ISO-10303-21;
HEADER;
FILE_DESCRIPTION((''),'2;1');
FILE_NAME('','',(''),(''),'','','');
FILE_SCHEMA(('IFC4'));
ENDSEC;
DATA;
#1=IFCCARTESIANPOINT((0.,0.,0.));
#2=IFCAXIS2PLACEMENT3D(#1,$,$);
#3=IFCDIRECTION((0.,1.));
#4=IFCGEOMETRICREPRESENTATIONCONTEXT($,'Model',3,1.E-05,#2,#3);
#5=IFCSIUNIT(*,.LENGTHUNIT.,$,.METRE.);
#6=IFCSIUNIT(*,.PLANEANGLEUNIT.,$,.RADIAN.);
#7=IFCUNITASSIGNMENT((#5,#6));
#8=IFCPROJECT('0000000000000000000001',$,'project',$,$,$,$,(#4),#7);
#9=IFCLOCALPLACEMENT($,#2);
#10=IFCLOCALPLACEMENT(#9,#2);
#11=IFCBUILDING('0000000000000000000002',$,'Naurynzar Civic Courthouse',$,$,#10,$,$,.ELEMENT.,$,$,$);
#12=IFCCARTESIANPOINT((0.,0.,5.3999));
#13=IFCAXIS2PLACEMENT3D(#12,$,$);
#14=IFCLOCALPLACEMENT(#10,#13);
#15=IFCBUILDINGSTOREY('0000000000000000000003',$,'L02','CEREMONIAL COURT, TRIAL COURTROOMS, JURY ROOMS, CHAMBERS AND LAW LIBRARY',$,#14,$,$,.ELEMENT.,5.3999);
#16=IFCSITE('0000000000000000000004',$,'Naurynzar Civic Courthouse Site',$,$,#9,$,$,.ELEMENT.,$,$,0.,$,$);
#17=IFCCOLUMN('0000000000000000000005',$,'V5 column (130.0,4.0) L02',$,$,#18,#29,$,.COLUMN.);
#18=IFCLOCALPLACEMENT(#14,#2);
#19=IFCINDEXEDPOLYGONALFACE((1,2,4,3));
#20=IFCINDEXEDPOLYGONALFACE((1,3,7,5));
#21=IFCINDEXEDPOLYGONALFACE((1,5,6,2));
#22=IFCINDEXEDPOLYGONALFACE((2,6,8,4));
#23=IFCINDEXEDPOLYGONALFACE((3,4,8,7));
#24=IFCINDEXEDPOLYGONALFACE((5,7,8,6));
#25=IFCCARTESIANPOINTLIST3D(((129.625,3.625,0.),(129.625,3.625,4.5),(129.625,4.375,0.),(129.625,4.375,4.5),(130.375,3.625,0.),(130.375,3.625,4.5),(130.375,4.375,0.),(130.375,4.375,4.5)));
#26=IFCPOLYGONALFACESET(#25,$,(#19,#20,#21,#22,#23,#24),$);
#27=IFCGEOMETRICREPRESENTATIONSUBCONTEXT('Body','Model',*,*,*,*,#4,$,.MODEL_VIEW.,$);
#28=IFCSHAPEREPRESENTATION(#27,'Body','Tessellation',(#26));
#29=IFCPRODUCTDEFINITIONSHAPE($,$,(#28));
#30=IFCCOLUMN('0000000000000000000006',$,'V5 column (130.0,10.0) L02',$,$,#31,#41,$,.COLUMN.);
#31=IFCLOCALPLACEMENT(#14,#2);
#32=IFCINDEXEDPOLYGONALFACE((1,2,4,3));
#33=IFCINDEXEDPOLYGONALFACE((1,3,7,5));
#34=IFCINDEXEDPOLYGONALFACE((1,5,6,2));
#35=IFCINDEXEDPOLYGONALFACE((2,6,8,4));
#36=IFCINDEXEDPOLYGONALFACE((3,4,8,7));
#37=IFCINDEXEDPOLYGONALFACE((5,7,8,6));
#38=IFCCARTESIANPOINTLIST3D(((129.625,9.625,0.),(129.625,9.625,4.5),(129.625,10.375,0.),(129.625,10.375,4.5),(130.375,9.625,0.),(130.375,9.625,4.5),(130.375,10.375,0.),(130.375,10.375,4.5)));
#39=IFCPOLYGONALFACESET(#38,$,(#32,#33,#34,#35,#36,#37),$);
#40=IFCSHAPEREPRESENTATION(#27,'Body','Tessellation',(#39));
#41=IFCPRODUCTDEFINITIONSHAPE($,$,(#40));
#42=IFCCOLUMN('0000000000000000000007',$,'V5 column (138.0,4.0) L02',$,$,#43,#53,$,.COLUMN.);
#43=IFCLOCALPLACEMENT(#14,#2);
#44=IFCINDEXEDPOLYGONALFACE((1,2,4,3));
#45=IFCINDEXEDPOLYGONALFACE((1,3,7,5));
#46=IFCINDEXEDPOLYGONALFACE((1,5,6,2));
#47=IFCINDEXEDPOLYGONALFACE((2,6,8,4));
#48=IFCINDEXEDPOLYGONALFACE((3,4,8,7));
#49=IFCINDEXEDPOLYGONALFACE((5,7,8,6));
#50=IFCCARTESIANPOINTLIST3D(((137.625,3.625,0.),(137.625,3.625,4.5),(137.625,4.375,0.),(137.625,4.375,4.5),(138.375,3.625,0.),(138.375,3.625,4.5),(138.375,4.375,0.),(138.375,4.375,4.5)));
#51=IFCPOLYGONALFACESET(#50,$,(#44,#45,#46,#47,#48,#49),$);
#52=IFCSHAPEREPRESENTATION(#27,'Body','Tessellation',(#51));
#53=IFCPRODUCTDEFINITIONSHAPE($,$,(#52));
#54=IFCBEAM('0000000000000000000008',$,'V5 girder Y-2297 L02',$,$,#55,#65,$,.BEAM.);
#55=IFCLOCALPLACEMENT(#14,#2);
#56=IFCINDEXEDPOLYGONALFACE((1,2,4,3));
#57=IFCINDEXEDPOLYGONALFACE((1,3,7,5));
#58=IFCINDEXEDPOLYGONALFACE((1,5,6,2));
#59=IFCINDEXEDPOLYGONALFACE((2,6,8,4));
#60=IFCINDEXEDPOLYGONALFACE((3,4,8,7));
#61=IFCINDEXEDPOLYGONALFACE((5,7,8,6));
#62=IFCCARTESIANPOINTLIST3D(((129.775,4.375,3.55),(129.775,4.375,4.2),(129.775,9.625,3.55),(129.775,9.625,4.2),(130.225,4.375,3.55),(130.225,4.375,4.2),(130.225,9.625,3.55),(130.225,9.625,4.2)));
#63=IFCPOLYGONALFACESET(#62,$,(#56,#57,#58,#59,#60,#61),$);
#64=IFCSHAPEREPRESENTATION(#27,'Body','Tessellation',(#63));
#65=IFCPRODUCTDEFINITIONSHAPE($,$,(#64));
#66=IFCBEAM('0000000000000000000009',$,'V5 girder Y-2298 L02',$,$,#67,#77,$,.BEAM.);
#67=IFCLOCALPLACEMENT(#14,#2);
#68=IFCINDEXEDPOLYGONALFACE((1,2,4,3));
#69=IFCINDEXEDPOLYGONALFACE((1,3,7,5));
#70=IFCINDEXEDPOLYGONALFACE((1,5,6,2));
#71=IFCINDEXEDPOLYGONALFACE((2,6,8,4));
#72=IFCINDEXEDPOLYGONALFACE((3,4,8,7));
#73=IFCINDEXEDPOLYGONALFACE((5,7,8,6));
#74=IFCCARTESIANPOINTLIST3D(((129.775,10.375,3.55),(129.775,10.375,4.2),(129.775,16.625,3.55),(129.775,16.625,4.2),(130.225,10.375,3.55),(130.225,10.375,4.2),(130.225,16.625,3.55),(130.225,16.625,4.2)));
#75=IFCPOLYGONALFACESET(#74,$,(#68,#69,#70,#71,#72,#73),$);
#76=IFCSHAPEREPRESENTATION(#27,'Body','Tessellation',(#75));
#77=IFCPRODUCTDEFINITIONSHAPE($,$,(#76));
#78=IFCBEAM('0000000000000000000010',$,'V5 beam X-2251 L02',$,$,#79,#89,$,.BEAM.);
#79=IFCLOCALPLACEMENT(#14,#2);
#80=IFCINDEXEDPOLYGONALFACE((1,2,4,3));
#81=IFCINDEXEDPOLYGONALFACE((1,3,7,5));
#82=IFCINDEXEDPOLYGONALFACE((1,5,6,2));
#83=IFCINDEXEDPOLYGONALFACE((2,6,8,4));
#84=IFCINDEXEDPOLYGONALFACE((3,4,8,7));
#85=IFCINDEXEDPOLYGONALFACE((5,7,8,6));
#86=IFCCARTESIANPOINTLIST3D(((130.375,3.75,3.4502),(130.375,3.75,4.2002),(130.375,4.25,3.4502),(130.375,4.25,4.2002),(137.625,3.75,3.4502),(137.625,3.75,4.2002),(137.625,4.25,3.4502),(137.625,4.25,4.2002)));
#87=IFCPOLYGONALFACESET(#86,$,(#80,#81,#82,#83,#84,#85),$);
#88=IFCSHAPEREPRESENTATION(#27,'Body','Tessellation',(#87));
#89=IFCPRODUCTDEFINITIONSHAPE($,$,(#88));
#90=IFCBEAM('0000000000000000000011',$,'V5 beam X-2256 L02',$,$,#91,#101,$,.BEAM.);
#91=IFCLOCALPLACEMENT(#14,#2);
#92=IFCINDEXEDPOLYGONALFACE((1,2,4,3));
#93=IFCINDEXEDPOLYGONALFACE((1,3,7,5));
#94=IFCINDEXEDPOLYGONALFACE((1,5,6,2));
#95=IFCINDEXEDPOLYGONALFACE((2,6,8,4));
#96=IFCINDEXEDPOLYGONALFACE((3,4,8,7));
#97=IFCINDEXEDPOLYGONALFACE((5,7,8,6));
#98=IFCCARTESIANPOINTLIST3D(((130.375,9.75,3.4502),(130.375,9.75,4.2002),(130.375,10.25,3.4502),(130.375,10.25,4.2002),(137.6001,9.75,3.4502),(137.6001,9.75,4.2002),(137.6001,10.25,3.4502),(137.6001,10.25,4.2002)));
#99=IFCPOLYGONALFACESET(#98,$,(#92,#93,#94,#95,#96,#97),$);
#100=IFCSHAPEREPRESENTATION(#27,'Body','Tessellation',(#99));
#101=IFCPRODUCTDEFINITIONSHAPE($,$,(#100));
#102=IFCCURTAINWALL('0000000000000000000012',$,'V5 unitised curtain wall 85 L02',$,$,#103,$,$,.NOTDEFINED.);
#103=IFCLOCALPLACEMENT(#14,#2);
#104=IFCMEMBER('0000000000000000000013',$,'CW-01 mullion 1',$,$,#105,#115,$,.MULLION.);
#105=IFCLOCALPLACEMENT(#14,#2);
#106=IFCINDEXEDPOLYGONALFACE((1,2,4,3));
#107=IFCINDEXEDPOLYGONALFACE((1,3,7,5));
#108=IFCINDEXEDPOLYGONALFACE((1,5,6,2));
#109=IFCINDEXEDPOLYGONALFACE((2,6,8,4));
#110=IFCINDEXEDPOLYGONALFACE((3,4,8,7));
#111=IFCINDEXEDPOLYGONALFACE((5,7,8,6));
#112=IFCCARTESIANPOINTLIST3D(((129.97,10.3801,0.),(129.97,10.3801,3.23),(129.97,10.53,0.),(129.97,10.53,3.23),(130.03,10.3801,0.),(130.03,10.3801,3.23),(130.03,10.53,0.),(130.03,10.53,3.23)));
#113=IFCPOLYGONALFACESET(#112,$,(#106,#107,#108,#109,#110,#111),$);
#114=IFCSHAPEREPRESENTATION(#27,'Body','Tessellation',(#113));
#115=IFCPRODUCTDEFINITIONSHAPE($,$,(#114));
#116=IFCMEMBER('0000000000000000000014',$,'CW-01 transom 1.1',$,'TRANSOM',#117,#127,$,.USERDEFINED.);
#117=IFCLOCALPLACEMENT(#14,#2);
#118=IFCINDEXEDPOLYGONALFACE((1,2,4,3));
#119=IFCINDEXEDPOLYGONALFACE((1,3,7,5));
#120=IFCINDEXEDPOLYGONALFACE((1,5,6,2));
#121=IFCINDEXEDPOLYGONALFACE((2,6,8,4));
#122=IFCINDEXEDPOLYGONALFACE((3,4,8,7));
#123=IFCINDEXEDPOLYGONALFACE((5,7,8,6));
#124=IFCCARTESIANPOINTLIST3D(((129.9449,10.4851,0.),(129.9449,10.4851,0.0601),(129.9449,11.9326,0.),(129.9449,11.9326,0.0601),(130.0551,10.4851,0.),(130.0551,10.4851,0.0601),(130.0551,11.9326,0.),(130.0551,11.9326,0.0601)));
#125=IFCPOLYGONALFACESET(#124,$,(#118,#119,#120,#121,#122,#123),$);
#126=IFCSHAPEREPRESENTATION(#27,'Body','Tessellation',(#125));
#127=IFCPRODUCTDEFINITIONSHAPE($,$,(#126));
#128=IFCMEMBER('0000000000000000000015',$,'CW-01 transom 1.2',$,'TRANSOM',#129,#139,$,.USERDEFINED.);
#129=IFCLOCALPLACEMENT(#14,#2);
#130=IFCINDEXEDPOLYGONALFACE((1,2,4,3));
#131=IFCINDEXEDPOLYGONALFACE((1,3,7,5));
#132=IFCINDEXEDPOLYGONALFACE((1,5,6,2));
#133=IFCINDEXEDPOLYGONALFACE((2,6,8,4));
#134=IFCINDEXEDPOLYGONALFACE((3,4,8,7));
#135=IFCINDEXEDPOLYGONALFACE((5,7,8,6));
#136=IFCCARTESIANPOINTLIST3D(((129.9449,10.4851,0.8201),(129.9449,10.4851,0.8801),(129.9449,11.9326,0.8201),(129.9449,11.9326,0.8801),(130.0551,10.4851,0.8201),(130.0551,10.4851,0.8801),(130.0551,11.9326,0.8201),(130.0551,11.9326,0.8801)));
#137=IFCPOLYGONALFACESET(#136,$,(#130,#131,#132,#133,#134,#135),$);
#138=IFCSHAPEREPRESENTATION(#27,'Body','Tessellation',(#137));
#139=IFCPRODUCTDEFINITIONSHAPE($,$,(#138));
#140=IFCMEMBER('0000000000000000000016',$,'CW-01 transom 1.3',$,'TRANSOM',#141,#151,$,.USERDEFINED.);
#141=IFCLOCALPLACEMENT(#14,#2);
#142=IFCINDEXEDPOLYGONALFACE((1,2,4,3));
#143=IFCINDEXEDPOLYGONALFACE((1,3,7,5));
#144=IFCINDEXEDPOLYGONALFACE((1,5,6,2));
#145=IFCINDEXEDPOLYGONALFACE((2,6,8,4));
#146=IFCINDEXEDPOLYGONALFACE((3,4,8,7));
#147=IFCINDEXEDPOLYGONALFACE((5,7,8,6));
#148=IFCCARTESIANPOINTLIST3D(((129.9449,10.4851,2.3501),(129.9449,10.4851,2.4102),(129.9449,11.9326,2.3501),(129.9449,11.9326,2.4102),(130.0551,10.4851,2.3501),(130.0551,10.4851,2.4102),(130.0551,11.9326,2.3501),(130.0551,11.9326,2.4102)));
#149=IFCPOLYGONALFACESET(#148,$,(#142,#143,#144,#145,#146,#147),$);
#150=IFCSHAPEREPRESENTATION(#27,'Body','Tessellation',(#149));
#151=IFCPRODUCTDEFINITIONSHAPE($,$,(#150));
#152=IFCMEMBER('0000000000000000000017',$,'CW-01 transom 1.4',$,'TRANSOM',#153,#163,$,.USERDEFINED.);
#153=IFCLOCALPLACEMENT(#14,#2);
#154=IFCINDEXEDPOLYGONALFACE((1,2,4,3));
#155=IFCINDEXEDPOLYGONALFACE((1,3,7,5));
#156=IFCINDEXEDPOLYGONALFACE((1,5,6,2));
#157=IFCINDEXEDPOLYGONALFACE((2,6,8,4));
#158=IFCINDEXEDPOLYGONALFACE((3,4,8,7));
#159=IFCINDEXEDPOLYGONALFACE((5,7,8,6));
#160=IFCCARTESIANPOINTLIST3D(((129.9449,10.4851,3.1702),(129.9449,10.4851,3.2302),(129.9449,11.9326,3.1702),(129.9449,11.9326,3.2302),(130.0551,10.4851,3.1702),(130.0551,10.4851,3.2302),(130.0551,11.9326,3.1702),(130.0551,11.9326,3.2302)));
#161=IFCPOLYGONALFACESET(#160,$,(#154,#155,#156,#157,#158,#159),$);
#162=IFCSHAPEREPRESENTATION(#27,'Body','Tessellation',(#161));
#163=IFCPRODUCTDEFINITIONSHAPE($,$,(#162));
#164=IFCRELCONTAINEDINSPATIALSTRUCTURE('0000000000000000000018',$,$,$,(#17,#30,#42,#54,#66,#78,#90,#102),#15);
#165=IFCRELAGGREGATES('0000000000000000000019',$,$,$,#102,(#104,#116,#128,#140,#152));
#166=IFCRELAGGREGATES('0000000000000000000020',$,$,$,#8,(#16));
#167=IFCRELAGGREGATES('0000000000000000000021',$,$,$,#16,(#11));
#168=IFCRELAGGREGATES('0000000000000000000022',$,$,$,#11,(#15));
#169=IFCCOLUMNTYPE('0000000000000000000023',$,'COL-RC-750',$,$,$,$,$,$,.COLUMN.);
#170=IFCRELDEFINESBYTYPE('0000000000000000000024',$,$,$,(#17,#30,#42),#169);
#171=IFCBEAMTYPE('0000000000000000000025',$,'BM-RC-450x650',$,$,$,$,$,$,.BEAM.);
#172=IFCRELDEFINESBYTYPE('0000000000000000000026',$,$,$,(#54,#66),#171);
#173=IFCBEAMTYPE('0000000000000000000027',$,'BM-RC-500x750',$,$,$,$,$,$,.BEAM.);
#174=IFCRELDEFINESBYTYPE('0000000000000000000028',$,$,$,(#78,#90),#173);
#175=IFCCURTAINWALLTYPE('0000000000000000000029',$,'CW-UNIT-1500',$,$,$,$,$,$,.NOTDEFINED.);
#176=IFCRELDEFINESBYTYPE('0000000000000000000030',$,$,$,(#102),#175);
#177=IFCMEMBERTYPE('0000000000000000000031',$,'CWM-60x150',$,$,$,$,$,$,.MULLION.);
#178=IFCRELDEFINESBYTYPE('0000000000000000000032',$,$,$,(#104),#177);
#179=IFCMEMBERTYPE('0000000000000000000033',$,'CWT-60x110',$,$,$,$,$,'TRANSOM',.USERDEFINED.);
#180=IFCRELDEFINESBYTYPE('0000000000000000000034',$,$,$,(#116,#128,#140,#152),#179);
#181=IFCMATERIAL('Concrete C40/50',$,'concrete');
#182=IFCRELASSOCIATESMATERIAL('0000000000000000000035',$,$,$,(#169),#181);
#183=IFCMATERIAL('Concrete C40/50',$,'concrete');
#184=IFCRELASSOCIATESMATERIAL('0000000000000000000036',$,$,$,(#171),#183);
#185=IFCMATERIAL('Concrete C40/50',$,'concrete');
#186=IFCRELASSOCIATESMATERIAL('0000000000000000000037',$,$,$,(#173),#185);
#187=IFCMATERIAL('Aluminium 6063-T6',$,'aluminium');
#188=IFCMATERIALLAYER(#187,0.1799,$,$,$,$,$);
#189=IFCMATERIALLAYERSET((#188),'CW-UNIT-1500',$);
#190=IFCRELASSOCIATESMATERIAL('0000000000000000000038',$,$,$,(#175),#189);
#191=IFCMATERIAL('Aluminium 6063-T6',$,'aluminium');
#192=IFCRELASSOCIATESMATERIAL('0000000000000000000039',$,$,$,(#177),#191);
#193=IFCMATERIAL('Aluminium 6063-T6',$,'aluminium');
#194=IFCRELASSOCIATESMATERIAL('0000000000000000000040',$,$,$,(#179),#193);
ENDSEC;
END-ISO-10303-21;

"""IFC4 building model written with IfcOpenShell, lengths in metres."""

from ifc_helpers import new_model, si_unit, direction, frame, origin, origin_2d, place, context, subcontext, project, spatial, rectangle, extrude, material, layer, layer_set, material_profile, profile_set, type_object, element, aggregate, save


model = new_model("IFC4")

# Units and contexts
model_context = context("Model", 3, precision=1e-05, world=origin(), true_north=direction((0.0, 1.0)))
body_context = subcontext(model_context, "Body", "Model", "MODEL_VIEW")
ifc_project = project(units=[si_unit("LENGTHUNIT", "METRE"), si_unit("PLANEANGLEUNIT", "RADIAN")], contexts=[model_context])

# Site, building, storey
site_placement = place(None, origin())
site = spatial("IfcSite", under=ifc_project, at=site_placement, Name="Naurynzar Civic Courthouse Site", CompositionType="ELEMENT", RefElevation=0.0)
building_placement = place(site_placement, origin())
building = spatial("IfcBuilding", under=site, at=building_placement, Name="Naurynzar Civic Courthouse", CompositionType="ELEMENT")
storey_placement = place(building_placement, frame((0.0, 0.0, 5.3999)))
storey = spatial("IfcBuildingStorey", under=building, at=storey_placement, Name="L02", Description="CEREMONIAL COURT, TRIAL COURTROOMS, JURY ROOMS, CHAMBERS AND LAW LIBRARY", CompositionType="ELEMENT", Elevation=5.3999)

# Columns
ifc_material_1 = material(Name="Concrete C40/50", Category="concrete")
ifc_material_profile_1 = material_profile(ifc_material_1, rectangle(XDim=0.75, YDim=0.75, at=origin_2d()), Name="RC 750x750")
ifc_profile_set_1 = profile_set([ifc_material_profile_1], Name="Concrete C40/50")
column_type = type_object("IfcColumnType", Name="COL-RC-750", PredefinedType="COLUMN", material=ifc_profile_set_1)
for number, where, z_axis, x_axis, name in (
    (1, (130.0, 4.0, 0.0), (0.0, 0.0, 1.0), (1.0, 0.0, 0.0), "V5 column (130.0,4.0) L02"),
    (2, (130.0, 10.0, 0.0), (0.0, 0.0, 1.0), (1.0, 0.0, 0.0), "V5 column (130.0,10.0) L02"),
    (3, (138.0, 4.0, 0.0), (0.0, 0.0, 1.0), (1.0, 0.0, 0.0), "V5 column (138.0,4.0) L02"),
):
    element("IfcColumn", number, at=place(storey_placement, frame(where, z_axis=z_axis, x_axis=x_axis)), inside=storey, type_object=column_type, Name=name, PredefinedType="COLUMN", context=body_context, shape_type="SweptSolid", body=[
        extrude(rectangle(XDim=0.75, YDim=0.75, at=origin_2d()), origin(), (0.0, 0.0, 1.0), 4.5),
    ])

# Beams
ifc_material_2 = material(Name="Concrete C40/50", Category="concrete")
ifc_material_profile_2 = material_profile(ifc_material_2, rectangle(XDim=0.45, YDim=0.6499, at=origin_2d()), Name="RCB 450x650")
ifc_profile_set_2 = profile_set([ifc_material_profile_2], Name="Concrete C40/50")
beam_type_1 = type_object("IfcBeamType", Name="BM-RC-450x650", PredefinedType="BEAM", material=ifc_profile_set_2)
beam_1_placement = place(storey_placement, frame((130.0, 4.375, 3.875), z_axis=(0.0, 1.0, 0.0), x_axis=(-1.0, 0.0, 0.0)))
element("IfcBeam", 4, at=beam_1_placement, inside=storey, type_object=beam_type_1, Name="V5 girder Y-2297 L02", PredefinedType="BEAM", context=body_context, shape_type="SweptSolid", body=[
    extrude(rectangle(XDim=0.45, YDim=0.6499, at=origin_2d()), origin(), (0.0, 0.0, 1.0), 5.25),
])
beam_2_placement = place(storey_placement, frame((130.0, 10.375, 3.875), z_axis=(0.0, 1.0, 0.0), x_axis=(-1.0, 0.0, 0.0)))
element("IfcBeam", 5, at=beam_2_placement, inside=storey, type_object=beam_type_1, Name="V5 girder Y-2298 L02", PredefinedType="BEAM", context=body_context, shape_type="SweptSolid", body=[
    extrude(rectangle(XDim=0.45, YDim=0.6499, at=origin_2d()), origin(), (0.0, 0.0, 1.0), 6.25),
])
ifc_material_3 = material(Name="Concrete C40/50", Category="concrete")
ifc_material_profile_3 = material_profile(ifc_material_3, rectangle(XDim=0.5, YDim=0.75, at=origin_2d()), Name="RCB 500x750")
ifc_profile_set_3 = profile_set([ifc_material_profile_3], Name="Concrete C40/50")
beam_type_2 = type_object("IfcBeamType", Name="BM-RC-500x750", PredefinedType="BEAM", material=ifc_profile_set_3)
beam_3_placement = place(storey_placement, frame((130.375, 4.0, 3.8252), z_axis=(1.0, 0.0, 0.0), x_axis=(0.0, 1.0, 0.0)))
element("IfcBeam", 6, at=beam_3_placement, inside=storey, type_object=beam_type_2, Name="V5 beam X-2251 L02", PredefinedType="BEAM", context=body_context, shape_type="SweptSolid", body=[
    extrude(rectangle(XDim=0.5, YDim=0.75, at=origin_2d()), origin(), (0.0, 0.0, 1.0), 7.25),
])
beam_4_placement = place(storey_placement, frame((130.375, 10.0, 3.8252), z_axis=(1.0, 0.0, 0.0), x_axis=(0.0, 1.0, 0.0)))
element("IfcBeam", 7, at=beam_4_placement, inside=storey, type_object=beam_type_2, Name="V5 beam X-2256 L02", PredefinedType="BEAM", context=body_context, shape_type="SweptSolid", body=[
    extrude(rectangle(XDim=0.5, YDim=0.75, at=origin_2d()), origin(), (0.0, 0.0, 1.0), 7.2251),
])

# Curtain wall, members
ifc_material_4 = material(Name="Aluminium 6063-T6", Category="aluminium")
ifc_layer_1 = layer(ifc_material_4, 0.1799)
ifc_layer_set_1 = layer_set([ifc_layer_1], Name="CW-UNIT-1500")
curtain_wall_type = type_object("IfcCurtainWallType", Name="CW-UNIT-1500", PredefinedType="NOTDEFINED", material=ifc_layer_set_1)
curtain_wall_placement = place(storey_placement, origin())
curtain_wall = element("IfcCurtainWall", 8, at=curtain_wall_placement, inside=storey, type_object=curtain_wall_type, Name="V5 unitised curtain wall 85 L02", PredefinedType="NOTDEFINED")
ifc_material_5 = material(Name="Aluminium 6063-T6", Category="aluminium")
ifc_material_profile_4 = material_profile(ifc_material_5, rectangle(XDim=0.0601, YDim=0.1499, at=origin_2d()), Name="ALU MULLION 60x150")
ifc_profile_set_4 = profile_set([ifc_material_profile_4], Name="Aluminium 6063-T6")
member_type_1 = type_object("IfcMemberType", Name="CWM-60x150", PredefinedType="MULLION", material=ifc_profile_set_4)
member_1_placement = place(storey_placement, frame((130.0, 10.4551, 0.0), z_axis=(0.0, 0.0, 1.0), x_axis=(-1.0, 0.0, 0.0)))
member_1 = element("IfcMember", 9, at=member_1_placement, type_object=member_type_1, Name="CW-01 mullion 1", PredefinedType="MULLION", context=body_context, shape_type="SweptSolid", body=[
    extrude(rectangle(XDim=0.0601, YDim=0.1499, at=origin_2d()), origin(), (0.0, 0.0, 1.0), 3.23),
])
ifc_material_6 = material(Name="Aluminium 6063-T6", Category="aluminium")
ifc_material_profile_5 = material_profile(ifc_material_6, rectangle(XDim=0.1101, YDim=0.0601, at=origin_2d()), Name="ALU TRANSOM 60x110")
ifc_profile_set_5 = profile_set([ifc_material_profile_5], Name="Aluminium 6063-T6")
member_type_2 = type_object("IfcMemberType", Name="CWT-60x110", ElementType="TRANSOM", PredefinedType="USERDEFINED", material=ifc_profile_set_5)
member_2_placement = place(storey_placement, frame((130.0, 10.4851, 0.03), z_axis=(0.0, 1.0, 0.0), x_axis=(-1.0, 0.0, 0.0)))
member_2 = element("IfcMember", 10, at=member_2_placement, type_object=member_type_2, Name="CW-01 transom 1.1", ObjectType="TRANSOM", PredefinedType="USERDEFINED", context=body_context, shape_type="SweptSolid", body=[
    extrude(rectangle(XDim=0.1101, YDim=0.0601, at=origin_2d()), origin(), (0.0, 0.0, 1.0), 1.4475),
])
member_3_placement = place(storey_placement, frame((130.0, 10.4851, 0.8501), z_axis=(0.0, 1.0, 0.0), x_axis=(-1.0, 0.0, 0.0)))
member_3 = element("IfcMember", 11, at=member_3_placement, type_object=member_type_2, Name="CW-01 transom 1.2", ObjectType="TRANSOM", PredefinedType="USERDEFINED", context=body_context, shape_type="SweptSolid", body=[
    extrude(rectangle(XDim=0.1101, YDim=0.0601, at=origin_2d()), origin(), (0.0, 0.0, 1.0), 1.4475),
])
member_4_placement = place(storey_placement, frame((130.0, 10.4851, 2.3801), z_axis=(0.0, 1.0, 0.0), x_axis=(-1.0, 0.0, 0.0)))
member_4 = element("IfcMember", 12, at=member_4_placement, type_object=member_type_2, Name="CW-01 transom 1.3", ObjectType="TRANSOM", PredefinedType="USERDEFINED", context=body_context, shape_type="SweptSolid", body=[
    extrude(rectangle(XDim=0.1101, YDim=0.0601, at=origin_2d()), origin(), (0.0, 0.0, 1.0), 1.4475),
])
member_5_placement = place(storey_placement, frame((130.0, 10.4851, 3.2002), z_axis=(0.0, 1.0, 0.0), x_axis=(-1.0, 0.0, 0.0)))
member_5 = element("IfcMember", 13, at=member_5_placement, type_object=member_type_2, Name="CW-01 transom 1.4", ObjectType="TRANSOM", PredefinedType="USERDEFINED", context=body_context, shape_type="SweptSolid", body=[
    extrude(rectangle(XDim=0.1101, YDim=0.0601, at=origin_2d()), origin(), (0.0, 0.0, 1.0), 1.4475),
])
aggregate(curtain_wall, [member_1, member_2, member_3, member_4, member_5])

save(model, "model.ifc")
